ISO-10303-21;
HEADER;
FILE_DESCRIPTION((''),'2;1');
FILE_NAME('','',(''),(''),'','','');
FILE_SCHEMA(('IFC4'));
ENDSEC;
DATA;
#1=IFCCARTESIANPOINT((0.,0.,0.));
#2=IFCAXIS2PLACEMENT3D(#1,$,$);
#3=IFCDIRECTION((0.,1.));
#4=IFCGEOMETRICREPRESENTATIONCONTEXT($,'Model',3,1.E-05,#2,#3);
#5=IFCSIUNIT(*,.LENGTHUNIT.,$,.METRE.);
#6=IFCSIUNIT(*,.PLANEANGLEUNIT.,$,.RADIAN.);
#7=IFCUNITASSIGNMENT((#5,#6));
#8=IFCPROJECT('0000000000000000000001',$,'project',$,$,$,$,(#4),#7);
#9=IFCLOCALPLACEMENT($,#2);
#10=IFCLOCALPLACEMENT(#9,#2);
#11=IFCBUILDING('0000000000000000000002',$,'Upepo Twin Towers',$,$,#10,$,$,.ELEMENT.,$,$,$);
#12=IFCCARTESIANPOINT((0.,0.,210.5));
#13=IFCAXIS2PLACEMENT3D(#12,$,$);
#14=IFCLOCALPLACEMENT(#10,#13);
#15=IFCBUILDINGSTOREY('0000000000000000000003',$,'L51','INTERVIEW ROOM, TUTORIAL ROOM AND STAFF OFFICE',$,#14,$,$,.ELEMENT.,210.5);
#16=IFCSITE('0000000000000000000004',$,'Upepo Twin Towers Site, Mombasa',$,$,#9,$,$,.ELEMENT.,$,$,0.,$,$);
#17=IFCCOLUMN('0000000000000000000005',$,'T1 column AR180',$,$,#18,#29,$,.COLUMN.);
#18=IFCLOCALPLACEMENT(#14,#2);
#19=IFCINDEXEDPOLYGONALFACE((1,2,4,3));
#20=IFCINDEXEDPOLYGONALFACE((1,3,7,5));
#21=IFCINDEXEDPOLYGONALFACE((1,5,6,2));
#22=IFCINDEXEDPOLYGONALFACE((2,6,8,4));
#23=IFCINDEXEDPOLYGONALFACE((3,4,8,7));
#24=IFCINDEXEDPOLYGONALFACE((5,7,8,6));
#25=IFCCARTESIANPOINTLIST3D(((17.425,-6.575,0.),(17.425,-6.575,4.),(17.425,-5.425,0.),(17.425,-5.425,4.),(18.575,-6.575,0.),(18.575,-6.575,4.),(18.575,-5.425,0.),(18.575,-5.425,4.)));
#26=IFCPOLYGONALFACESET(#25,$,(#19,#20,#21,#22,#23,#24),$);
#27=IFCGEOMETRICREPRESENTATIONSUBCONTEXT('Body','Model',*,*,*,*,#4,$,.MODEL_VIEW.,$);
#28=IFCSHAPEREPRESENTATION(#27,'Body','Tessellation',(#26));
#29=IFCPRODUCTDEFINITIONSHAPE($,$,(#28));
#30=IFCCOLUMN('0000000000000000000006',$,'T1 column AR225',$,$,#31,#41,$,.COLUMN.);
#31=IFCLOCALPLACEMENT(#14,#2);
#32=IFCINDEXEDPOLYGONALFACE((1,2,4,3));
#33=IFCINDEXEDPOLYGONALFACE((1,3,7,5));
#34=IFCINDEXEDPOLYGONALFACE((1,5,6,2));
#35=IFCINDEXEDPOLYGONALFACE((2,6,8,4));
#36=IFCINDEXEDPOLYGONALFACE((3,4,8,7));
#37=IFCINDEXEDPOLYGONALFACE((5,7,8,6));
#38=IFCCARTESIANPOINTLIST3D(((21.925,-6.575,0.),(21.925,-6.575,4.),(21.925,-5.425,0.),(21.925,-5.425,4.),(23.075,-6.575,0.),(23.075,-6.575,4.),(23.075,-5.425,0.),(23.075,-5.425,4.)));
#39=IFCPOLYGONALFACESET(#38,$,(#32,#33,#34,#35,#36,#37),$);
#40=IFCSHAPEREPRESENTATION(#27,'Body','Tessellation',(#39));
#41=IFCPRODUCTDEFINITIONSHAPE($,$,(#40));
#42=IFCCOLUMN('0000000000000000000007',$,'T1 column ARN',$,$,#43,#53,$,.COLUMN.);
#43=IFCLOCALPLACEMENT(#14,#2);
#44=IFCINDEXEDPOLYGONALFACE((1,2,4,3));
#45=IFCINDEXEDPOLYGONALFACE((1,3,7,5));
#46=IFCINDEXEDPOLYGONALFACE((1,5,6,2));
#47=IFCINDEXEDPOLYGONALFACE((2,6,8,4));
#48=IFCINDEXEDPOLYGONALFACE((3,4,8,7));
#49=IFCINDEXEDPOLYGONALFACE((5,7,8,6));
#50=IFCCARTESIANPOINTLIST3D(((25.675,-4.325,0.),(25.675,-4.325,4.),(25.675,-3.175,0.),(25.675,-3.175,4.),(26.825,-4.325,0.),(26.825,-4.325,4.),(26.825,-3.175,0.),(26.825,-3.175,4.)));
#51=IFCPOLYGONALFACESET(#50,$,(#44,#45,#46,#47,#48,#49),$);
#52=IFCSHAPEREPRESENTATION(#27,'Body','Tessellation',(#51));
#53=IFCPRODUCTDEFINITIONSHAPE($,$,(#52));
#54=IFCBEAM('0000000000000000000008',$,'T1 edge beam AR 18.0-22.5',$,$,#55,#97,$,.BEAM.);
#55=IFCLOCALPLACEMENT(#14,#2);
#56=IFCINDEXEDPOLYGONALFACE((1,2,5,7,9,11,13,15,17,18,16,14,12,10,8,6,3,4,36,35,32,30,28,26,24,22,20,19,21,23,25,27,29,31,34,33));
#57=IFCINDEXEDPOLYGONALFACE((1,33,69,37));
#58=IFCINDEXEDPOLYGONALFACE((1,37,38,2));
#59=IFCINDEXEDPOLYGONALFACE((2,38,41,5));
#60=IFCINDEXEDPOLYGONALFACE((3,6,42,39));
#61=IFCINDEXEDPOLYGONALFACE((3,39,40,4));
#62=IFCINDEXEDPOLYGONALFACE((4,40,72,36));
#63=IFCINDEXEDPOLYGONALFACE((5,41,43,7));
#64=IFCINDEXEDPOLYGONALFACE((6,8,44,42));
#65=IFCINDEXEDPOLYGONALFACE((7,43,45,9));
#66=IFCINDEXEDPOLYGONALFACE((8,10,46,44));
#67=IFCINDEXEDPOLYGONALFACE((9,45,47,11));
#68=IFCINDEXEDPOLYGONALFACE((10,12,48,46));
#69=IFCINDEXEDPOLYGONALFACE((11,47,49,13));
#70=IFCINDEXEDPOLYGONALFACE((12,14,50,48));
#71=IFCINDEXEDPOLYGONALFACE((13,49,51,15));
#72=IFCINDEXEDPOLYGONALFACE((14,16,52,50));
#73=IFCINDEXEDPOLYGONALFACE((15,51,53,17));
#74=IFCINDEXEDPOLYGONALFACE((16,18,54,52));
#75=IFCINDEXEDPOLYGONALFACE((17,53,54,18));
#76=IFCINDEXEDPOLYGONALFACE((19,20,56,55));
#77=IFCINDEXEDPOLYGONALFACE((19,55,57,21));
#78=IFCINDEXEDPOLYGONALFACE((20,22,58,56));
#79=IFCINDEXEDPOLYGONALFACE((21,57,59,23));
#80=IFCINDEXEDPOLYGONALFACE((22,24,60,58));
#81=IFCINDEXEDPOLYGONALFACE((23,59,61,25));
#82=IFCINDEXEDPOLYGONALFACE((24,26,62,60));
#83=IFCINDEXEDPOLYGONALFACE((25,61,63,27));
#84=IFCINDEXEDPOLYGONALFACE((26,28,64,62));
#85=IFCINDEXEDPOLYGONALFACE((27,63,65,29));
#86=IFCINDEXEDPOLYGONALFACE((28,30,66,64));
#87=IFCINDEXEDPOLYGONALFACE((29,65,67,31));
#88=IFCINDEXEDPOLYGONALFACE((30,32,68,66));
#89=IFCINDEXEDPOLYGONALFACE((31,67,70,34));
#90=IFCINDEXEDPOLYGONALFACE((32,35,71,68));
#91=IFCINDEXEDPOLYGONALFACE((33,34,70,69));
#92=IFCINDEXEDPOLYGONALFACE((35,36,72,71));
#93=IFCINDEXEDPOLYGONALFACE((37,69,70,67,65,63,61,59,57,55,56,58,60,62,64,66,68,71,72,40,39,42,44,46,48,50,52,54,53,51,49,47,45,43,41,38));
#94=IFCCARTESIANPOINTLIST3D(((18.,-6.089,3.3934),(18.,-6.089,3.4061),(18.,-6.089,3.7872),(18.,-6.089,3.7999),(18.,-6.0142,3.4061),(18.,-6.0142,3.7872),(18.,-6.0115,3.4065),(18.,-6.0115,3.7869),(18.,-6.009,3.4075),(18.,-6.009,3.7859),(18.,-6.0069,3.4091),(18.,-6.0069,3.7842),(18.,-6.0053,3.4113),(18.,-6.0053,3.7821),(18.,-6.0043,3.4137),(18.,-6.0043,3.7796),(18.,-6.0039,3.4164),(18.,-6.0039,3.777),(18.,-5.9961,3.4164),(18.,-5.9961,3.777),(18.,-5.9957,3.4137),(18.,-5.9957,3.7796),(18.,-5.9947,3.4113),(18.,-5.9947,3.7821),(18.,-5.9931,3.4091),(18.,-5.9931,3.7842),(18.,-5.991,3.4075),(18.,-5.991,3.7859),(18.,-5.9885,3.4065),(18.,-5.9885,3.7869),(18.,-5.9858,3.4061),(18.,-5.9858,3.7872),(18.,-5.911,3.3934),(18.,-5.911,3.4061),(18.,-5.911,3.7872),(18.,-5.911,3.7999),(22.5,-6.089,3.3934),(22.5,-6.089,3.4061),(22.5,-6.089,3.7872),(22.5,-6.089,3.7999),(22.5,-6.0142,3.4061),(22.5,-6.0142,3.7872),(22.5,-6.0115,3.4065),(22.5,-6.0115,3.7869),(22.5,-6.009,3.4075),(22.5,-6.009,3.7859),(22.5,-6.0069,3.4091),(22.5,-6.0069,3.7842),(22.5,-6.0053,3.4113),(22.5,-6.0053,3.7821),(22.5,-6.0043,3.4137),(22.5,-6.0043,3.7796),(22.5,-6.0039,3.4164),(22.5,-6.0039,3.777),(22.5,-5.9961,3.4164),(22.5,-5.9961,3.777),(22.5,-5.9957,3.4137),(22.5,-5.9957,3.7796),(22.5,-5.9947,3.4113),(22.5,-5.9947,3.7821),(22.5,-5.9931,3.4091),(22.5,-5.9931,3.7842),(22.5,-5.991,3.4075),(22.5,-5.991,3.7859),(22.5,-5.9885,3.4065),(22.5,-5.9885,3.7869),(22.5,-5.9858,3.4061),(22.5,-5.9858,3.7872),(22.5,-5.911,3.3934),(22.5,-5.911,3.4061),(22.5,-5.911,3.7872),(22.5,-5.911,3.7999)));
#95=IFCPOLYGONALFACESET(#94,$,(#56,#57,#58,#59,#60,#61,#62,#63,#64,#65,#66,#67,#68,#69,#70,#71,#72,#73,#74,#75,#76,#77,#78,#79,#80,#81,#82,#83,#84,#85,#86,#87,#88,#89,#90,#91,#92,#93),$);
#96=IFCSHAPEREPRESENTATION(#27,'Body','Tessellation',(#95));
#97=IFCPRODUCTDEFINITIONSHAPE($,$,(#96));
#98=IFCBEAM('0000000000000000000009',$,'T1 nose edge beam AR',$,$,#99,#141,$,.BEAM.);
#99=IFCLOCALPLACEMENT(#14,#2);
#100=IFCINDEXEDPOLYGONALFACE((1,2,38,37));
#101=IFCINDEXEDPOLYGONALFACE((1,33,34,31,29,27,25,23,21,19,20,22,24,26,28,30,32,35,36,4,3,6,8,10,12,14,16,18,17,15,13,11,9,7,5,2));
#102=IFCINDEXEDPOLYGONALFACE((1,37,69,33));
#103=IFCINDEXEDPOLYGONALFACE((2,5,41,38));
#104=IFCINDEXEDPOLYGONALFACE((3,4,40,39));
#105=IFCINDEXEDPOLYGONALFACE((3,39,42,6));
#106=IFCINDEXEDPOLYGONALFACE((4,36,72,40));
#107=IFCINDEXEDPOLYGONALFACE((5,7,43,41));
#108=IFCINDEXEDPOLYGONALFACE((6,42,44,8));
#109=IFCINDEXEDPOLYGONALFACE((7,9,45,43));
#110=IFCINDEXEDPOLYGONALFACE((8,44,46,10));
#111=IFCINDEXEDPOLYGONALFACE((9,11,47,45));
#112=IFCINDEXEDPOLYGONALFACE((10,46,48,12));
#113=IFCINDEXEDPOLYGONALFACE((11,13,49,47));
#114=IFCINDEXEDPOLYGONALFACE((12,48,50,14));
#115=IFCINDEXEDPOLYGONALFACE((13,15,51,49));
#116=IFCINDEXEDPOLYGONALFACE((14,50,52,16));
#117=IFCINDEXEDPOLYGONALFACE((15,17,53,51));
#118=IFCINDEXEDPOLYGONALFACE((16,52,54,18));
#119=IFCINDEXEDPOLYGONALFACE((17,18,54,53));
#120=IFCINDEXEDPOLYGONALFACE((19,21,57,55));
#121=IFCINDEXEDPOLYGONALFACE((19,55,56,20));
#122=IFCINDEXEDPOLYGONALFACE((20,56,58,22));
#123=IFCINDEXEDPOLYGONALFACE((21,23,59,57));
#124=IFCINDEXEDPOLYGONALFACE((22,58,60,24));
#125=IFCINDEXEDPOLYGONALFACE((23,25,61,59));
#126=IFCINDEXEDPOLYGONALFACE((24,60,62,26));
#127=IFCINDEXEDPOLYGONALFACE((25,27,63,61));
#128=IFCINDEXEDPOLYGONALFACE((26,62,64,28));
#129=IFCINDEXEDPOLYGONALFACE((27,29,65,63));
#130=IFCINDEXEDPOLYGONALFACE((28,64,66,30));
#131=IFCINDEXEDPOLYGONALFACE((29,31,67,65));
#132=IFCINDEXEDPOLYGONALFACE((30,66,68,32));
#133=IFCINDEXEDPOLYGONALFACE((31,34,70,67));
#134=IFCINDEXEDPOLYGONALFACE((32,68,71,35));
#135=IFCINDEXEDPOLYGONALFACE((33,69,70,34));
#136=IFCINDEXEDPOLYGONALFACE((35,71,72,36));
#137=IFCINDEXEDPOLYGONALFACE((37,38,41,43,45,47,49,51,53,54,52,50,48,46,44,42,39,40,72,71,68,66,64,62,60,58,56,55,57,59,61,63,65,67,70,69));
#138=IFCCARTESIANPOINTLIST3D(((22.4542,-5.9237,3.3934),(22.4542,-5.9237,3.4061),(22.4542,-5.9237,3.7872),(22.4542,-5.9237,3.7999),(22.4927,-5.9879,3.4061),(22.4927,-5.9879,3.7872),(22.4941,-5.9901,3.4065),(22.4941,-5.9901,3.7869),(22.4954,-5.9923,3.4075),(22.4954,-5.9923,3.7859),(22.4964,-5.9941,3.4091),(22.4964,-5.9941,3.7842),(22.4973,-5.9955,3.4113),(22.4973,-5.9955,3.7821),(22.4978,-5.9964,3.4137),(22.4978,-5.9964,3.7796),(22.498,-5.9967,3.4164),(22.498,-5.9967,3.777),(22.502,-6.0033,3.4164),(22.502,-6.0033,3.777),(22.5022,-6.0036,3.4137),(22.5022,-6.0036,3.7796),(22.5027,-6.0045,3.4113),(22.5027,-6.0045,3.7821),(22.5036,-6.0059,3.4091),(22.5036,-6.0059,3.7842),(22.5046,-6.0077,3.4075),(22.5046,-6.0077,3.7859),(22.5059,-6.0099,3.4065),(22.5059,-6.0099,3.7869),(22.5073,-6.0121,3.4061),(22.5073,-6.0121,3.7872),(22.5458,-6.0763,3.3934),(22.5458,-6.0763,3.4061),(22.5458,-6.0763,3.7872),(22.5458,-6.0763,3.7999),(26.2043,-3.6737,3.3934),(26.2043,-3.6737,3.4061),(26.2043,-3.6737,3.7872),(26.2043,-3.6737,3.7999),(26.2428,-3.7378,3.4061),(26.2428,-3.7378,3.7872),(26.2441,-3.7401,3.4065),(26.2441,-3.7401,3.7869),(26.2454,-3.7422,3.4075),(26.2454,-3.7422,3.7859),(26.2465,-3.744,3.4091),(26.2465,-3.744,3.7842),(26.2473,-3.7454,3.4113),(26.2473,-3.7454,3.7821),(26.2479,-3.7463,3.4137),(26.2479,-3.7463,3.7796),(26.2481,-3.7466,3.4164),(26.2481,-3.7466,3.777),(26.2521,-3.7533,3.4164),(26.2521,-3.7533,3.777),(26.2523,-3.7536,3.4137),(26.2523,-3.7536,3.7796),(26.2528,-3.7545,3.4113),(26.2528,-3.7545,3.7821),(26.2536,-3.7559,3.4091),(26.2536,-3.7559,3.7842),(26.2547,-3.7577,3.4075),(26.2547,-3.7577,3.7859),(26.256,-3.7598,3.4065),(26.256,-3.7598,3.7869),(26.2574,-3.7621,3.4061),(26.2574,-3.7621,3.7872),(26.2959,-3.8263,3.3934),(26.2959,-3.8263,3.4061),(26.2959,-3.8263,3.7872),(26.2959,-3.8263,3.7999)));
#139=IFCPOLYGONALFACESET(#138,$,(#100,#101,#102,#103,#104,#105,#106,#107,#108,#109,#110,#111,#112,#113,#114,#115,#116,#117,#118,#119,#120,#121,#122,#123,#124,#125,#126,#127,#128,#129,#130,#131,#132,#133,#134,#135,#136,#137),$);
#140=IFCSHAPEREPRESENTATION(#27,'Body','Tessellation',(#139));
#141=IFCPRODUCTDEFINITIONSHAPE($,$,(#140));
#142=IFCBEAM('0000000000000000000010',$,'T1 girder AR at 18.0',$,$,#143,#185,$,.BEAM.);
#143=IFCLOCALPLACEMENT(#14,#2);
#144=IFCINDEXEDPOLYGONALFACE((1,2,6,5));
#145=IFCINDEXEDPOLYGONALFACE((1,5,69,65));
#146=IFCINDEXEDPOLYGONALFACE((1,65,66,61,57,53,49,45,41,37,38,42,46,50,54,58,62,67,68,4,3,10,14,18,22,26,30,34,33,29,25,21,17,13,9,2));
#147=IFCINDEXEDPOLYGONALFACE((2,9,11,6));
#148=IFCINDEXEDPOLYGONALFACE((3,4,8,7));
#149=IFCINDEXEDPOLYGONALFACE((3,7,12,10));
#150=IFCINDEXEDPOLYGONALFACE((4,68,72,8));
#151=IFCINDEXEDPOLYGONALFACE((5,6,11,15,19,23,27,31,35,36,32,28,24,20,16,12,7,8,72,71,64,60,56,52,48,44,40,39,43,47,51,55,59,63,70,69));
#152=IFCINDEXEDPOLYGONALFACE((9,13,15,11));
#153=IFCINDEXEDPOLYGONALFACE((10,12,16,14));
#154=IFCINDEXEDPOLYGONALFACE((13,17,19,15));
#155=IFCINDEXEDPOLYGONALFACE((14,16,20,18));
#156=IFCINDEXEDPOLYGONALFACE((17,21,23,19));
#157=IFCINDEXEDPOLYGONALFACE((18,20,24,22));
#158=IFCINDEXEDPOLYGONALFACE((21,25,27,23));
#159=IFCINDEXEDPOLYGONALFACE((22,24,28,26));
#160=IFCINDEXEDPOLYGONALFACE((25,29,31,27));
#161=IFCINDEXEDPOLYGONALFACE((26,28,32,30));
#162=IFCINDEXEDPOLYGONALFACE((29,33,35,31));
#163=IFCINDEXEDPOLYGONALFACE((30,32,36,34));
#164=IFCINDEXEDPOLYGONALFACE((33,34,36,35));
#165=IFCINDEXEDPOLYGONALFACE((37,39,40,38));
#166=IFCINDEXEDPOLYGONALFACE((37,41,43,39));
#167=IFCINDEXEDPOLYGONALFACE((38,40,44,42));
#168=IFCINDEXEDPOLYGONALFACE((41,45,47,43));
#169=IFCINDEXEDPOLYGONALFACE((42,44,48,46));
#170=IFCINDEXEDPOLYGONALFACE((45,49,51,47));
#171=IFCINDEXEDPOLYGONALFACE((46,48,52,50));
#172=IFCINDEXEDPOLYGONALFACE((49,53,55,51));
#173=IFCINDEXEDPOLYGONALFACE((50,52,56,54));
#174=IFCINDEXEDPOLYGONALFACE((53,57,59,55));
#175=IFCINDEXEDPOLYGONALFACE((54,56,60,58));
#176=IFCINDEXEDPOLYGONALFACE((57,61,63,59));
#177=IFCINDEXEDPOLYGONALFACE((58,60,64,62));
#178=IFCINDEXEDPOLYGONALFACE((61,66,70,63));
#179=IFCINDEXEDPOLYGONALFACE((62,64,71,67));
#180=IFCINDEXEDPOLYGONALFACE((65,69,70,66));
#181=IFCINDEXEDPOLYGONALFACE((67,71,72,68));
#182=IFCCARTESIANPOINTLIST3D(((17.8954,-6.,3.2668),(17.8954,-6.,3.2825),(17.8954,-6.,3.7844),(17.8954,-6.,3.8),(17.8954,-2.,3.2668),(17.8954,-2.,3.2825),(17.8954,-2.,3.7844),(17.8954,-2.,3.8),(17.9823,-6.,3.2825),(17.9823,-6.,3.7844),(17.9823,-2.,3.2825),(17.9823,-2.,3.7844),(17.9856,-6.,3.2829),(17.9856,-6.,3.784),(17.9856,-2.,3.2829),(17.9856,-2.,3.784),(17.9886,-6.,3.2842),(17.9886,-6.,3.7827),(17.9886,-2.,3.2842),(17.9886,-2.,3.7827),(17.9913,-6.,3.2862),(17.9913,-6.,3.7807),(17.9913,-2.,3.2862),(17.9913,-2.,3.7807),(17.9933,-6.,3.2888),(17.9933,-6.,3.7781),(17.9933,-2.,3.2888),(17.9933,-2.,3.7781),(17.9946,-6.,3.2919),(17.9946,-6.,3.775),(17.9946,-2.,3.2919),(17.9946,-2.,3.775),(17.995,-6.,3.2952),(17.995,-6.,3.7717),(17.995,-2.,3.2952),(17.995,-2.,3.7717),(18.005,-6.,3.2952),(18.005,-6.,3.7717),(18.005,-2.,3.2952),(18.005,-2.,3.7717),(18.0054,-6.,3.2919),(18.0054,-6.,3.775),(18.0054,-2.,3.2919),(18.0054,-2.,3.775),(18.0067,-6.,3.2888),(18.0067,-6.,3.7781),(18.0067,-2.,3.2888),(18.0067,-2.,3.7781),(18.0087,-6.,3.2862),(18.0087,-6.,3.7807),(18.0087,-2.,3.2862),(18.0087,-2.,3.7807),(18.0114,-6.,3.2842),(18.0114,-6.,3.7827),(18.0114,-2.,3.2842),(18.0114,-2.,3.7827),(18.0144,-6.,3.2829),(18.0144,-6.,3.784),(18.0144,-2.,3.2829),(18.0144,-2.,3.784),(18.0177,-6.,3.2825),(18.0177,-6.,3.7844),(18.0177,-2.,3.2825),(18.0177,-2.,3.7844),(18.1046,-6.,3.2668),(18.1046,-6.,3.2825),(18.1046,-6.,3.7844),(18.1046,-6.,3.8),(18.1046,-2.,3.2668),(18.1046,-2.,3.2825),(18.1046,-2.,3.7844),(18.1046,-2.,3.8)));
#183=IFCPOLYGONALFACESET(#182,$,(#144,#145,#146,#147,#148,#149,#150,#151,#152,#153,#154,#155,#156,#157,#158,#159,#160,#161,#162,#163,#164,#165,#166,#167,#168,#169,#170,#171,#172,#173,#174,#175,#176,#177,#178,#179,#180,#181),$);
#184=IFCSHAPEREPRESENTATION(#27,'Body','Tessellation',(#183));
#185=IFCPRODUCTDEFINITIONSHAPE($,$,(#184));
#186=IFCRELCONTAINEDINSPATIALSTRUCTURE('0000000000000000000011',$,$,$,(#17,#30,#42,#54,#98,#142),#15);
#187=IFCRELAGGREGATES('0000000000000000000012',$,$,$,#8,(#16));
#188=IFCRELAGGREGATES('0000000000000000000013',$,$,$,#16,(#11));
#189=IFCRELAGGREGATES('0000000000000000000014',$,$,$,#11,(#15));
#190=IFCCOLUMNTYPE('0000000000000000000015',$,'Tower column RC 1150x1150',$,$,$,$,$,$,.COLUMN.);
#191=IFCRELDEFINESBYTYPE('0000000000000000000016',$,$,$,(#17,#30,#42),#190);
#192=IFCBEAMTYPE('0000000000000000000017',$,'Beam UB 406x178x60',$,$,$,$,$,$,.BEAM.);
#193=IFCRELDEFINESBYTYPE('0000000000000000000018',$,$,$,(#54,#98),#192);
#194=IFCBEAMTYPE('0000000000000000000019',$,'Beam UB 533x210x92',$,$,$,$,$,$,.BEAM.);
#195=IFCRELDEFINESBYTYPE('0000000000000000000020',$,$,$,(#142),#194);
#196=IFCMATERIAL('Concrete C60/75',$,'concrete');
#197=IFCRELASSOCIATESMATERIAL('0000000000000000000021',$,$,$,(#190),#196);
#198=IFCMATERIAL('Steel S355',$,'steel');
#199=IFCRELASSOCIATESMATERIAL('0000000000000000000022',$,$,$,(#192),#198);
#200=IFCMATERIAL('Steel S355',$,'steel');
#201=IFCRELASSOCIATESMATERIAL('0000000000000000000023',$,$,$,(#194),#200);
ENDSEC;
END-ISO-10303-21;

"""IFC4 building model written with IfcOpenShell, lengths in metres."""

from ifc_helpers import new_model, si_unit, direction, frame, origin, origin_2d, place, context, subcontext, project, spatial, rectangle, i_section, extrude, material, material_profile, profile_set, type_object, element, save


model = new_model("IFC4")

# Units and contexts
model_context = context("Model", 3, precision=1e-05, world=origin(), true_north=direction((0.0, 1.0)))
body_context = subcontext(model_context, "Body", "Model", "MODEL_VIEW")
ifc_project = project(units=[si_unit("LENGTHUNIT", "METRE"), si_unit("PLANEANGLEUNIT", "RADIAN")], contexts=[model_context])

# Site, building, storey
site_placement = place(None, origin())
site = spatial("IfcSite", under=ifc_project, at=site_placement, Name="Upepo Twin Towers Site, Mombasa", CompositionType="ELEMENT", RefElevation=0.0)
building_placement = place(site_placement, origin())
building = spatial("IfcBuilding", under=site, at=building_placement, Name="Upepo Twin Towers", CompositionType="ELEMENT")
storey_placement = place(building_placement, frame((0.0, 0.0, 210.5)))
storey = spatial("IfcBuildingStorey", under=building, at=storey_placement, Name="L51", Description="INTERVIEW ROOM, TUTORIAL ROOM AND STAFF OFFICE", CompositionType="ELEMENT", Elevation=210.5)

# Columns
ifc_material_1 = material(Name="Concrete C60/75", Category="concrete")
ifc_material_profile_1 = material_profile(ifc_material_1, rectangle(XDim=1.1499, YDim=1.1499, at=origin_2d()), Name="RC 1150x1150")
ifc_profile_set_1 = profile_set([ifc_material_profile_1], Name="Concrete C60/75")
column_type = type_object("IfcColumnType", Name="Tower column RC 1150x1150", PredefinedType="COLUMN", material=ifc_profile_set_1)
for number, where, z_axis, x_axis, name in (
    (1, (18.0, -6.0, 0.0), (0.0, 0.0, 1.0), (1.0, 0.0, 0.0), "T1 column AR180"),
    (2, (22.5, -6.0, 0.0), (0.0, 0.0, 1.0), (1.0, 0.0, 0.0), "T1 column AR225"),
    (3, (26.25, -3.75, 0.0), (0.0, 0.0, 1.0), (1.0, 0.0, 0.0), "T1 column ARN"),
):
    element("IfcColumn", number, at=place(storey_placement, frame(where, z_axis=z_axis, x_axis=x_axis)), inside=storey, type_object=column_type, Name=name, PredefinedType="COLUMN", context=body_context, shape_type="SweptSolid", body=[
        extrude(rectangle(XDim=1.1499, YDim=1.1499, at=origin_2d()), origin(), (0.0, 0.0, 1.0), 4.0),
    ])

# Beams
ifc_material_2 = material(Name="Steel S355", Category="steel")
ifc_material_profile_2 = material_profile(ifc_material_2, i_section(OverallWidth=0.178, OverallDepth=0.4065, WebThickness=0.0078, FlangeThickness=0.0127, FilletRadius=0.0103, at=origin_2d()), Name="UB 406x178x60")
ifc_profile_set_2 = profile_set([ifc_material_profile_2], Name="Steel S355")
beam_type_1 = type_object("IfcBeamType", Name="Beam UB 406x178x60", PredefinedType="BEAM", material=ifc_profile_set_2)
beam_1_placement = place(storey_placement, frame((18.0, -6.0, 3.5967), z_axis=(1.0, 0.0, 0.0), x_axis=(0.0, 1.0, 0.0)))
element("IfcBeam", 4, at=beam_1_placement, inside=storey, type_object=beam_type_1, Name="T1 edge beam AR 18.0-22.5", PredefinedType="BEAM", context=body_context, shape_type="SweptSolid", body=[
    extrude(i_section(OverallWidth=0.178, OverallDepth=0.4065, WebThickness=0.0078, FlangeThickness=0.0127, FilletRadius=0.0103, at=origin_2d()), origin(), (0.0, 0.0, 1.0), 4.5),
])
beam_2_placement = place(storey_placement, frame((22.5, -6.0, 3.5967), z_axis=(0.857493, 0.514496, 0.0), x_axis=(-0.514496, 0.857493, 0.0)))
element("IfcBeam", 5, at=beam_2_placement, inside=storey, type_object=beam_type_1, Name="T1 nose edge beam AR", PredefinedType="BEAM", context=body_context, shape_type="SweptSolid", body=[
    extrude(i_section(OverallWidth=0.178, OverallDepth=0.4065, WebThickness=0.0078, FlangeThickness=0.0127, FilletRadius=0.0103, at=origin_2d()), origin(), (0.0, 0.0, 1.0), 4.3733),
])
ifc_material_3 = material(Name="Steel S355", Category="steel")
ifc_material_profile_3 = material_profile(ifc_material_3, i_section(OverallWidth=0.2092, OverallDepth=0.5332, WebThickness=0.01, FlangeThickness=0.0156, FilletRadius=0.0127, at=origin_2d()), Name="UB 533x210x92")
ifc_profile_set_3 = profile_set([ifc_material_profile_3], Name="Steel S355")
beam_type_2 = type_object("IfcBeamType", Name="Beam UB 533x210x92", PredefinedType="BEAM", material=ifc_profile_set_3)
for number, where, z_axis, x_axis, name in (
    (6, (18.0, -6.0, 3.5334), (0.0, 1.0, 0.0), (-1.0, 0.0, 0.0), "T1 girder AR at 18.0"),
):
    element("IfcBeam", number, at=place(storey_placement, frame(where, z_axis=z_axis, x_axis=x_axis)), inside=storey, type_object=beam_type_2, Name=name, PredefinedType="BEAM", context=body_context, shape_type="SweptSolid", body=[
        extrude(i_section(OverallWidth=0.2092, OverallDepth=0.5332, WebThickness=0.01, FlangeThickness=0.0156, FilletRadius=0.0127, at=origin_2d()), origin(), (0.0, 0.0, 1.0), 4.0),
    ])

save(model, "model.ifc")
